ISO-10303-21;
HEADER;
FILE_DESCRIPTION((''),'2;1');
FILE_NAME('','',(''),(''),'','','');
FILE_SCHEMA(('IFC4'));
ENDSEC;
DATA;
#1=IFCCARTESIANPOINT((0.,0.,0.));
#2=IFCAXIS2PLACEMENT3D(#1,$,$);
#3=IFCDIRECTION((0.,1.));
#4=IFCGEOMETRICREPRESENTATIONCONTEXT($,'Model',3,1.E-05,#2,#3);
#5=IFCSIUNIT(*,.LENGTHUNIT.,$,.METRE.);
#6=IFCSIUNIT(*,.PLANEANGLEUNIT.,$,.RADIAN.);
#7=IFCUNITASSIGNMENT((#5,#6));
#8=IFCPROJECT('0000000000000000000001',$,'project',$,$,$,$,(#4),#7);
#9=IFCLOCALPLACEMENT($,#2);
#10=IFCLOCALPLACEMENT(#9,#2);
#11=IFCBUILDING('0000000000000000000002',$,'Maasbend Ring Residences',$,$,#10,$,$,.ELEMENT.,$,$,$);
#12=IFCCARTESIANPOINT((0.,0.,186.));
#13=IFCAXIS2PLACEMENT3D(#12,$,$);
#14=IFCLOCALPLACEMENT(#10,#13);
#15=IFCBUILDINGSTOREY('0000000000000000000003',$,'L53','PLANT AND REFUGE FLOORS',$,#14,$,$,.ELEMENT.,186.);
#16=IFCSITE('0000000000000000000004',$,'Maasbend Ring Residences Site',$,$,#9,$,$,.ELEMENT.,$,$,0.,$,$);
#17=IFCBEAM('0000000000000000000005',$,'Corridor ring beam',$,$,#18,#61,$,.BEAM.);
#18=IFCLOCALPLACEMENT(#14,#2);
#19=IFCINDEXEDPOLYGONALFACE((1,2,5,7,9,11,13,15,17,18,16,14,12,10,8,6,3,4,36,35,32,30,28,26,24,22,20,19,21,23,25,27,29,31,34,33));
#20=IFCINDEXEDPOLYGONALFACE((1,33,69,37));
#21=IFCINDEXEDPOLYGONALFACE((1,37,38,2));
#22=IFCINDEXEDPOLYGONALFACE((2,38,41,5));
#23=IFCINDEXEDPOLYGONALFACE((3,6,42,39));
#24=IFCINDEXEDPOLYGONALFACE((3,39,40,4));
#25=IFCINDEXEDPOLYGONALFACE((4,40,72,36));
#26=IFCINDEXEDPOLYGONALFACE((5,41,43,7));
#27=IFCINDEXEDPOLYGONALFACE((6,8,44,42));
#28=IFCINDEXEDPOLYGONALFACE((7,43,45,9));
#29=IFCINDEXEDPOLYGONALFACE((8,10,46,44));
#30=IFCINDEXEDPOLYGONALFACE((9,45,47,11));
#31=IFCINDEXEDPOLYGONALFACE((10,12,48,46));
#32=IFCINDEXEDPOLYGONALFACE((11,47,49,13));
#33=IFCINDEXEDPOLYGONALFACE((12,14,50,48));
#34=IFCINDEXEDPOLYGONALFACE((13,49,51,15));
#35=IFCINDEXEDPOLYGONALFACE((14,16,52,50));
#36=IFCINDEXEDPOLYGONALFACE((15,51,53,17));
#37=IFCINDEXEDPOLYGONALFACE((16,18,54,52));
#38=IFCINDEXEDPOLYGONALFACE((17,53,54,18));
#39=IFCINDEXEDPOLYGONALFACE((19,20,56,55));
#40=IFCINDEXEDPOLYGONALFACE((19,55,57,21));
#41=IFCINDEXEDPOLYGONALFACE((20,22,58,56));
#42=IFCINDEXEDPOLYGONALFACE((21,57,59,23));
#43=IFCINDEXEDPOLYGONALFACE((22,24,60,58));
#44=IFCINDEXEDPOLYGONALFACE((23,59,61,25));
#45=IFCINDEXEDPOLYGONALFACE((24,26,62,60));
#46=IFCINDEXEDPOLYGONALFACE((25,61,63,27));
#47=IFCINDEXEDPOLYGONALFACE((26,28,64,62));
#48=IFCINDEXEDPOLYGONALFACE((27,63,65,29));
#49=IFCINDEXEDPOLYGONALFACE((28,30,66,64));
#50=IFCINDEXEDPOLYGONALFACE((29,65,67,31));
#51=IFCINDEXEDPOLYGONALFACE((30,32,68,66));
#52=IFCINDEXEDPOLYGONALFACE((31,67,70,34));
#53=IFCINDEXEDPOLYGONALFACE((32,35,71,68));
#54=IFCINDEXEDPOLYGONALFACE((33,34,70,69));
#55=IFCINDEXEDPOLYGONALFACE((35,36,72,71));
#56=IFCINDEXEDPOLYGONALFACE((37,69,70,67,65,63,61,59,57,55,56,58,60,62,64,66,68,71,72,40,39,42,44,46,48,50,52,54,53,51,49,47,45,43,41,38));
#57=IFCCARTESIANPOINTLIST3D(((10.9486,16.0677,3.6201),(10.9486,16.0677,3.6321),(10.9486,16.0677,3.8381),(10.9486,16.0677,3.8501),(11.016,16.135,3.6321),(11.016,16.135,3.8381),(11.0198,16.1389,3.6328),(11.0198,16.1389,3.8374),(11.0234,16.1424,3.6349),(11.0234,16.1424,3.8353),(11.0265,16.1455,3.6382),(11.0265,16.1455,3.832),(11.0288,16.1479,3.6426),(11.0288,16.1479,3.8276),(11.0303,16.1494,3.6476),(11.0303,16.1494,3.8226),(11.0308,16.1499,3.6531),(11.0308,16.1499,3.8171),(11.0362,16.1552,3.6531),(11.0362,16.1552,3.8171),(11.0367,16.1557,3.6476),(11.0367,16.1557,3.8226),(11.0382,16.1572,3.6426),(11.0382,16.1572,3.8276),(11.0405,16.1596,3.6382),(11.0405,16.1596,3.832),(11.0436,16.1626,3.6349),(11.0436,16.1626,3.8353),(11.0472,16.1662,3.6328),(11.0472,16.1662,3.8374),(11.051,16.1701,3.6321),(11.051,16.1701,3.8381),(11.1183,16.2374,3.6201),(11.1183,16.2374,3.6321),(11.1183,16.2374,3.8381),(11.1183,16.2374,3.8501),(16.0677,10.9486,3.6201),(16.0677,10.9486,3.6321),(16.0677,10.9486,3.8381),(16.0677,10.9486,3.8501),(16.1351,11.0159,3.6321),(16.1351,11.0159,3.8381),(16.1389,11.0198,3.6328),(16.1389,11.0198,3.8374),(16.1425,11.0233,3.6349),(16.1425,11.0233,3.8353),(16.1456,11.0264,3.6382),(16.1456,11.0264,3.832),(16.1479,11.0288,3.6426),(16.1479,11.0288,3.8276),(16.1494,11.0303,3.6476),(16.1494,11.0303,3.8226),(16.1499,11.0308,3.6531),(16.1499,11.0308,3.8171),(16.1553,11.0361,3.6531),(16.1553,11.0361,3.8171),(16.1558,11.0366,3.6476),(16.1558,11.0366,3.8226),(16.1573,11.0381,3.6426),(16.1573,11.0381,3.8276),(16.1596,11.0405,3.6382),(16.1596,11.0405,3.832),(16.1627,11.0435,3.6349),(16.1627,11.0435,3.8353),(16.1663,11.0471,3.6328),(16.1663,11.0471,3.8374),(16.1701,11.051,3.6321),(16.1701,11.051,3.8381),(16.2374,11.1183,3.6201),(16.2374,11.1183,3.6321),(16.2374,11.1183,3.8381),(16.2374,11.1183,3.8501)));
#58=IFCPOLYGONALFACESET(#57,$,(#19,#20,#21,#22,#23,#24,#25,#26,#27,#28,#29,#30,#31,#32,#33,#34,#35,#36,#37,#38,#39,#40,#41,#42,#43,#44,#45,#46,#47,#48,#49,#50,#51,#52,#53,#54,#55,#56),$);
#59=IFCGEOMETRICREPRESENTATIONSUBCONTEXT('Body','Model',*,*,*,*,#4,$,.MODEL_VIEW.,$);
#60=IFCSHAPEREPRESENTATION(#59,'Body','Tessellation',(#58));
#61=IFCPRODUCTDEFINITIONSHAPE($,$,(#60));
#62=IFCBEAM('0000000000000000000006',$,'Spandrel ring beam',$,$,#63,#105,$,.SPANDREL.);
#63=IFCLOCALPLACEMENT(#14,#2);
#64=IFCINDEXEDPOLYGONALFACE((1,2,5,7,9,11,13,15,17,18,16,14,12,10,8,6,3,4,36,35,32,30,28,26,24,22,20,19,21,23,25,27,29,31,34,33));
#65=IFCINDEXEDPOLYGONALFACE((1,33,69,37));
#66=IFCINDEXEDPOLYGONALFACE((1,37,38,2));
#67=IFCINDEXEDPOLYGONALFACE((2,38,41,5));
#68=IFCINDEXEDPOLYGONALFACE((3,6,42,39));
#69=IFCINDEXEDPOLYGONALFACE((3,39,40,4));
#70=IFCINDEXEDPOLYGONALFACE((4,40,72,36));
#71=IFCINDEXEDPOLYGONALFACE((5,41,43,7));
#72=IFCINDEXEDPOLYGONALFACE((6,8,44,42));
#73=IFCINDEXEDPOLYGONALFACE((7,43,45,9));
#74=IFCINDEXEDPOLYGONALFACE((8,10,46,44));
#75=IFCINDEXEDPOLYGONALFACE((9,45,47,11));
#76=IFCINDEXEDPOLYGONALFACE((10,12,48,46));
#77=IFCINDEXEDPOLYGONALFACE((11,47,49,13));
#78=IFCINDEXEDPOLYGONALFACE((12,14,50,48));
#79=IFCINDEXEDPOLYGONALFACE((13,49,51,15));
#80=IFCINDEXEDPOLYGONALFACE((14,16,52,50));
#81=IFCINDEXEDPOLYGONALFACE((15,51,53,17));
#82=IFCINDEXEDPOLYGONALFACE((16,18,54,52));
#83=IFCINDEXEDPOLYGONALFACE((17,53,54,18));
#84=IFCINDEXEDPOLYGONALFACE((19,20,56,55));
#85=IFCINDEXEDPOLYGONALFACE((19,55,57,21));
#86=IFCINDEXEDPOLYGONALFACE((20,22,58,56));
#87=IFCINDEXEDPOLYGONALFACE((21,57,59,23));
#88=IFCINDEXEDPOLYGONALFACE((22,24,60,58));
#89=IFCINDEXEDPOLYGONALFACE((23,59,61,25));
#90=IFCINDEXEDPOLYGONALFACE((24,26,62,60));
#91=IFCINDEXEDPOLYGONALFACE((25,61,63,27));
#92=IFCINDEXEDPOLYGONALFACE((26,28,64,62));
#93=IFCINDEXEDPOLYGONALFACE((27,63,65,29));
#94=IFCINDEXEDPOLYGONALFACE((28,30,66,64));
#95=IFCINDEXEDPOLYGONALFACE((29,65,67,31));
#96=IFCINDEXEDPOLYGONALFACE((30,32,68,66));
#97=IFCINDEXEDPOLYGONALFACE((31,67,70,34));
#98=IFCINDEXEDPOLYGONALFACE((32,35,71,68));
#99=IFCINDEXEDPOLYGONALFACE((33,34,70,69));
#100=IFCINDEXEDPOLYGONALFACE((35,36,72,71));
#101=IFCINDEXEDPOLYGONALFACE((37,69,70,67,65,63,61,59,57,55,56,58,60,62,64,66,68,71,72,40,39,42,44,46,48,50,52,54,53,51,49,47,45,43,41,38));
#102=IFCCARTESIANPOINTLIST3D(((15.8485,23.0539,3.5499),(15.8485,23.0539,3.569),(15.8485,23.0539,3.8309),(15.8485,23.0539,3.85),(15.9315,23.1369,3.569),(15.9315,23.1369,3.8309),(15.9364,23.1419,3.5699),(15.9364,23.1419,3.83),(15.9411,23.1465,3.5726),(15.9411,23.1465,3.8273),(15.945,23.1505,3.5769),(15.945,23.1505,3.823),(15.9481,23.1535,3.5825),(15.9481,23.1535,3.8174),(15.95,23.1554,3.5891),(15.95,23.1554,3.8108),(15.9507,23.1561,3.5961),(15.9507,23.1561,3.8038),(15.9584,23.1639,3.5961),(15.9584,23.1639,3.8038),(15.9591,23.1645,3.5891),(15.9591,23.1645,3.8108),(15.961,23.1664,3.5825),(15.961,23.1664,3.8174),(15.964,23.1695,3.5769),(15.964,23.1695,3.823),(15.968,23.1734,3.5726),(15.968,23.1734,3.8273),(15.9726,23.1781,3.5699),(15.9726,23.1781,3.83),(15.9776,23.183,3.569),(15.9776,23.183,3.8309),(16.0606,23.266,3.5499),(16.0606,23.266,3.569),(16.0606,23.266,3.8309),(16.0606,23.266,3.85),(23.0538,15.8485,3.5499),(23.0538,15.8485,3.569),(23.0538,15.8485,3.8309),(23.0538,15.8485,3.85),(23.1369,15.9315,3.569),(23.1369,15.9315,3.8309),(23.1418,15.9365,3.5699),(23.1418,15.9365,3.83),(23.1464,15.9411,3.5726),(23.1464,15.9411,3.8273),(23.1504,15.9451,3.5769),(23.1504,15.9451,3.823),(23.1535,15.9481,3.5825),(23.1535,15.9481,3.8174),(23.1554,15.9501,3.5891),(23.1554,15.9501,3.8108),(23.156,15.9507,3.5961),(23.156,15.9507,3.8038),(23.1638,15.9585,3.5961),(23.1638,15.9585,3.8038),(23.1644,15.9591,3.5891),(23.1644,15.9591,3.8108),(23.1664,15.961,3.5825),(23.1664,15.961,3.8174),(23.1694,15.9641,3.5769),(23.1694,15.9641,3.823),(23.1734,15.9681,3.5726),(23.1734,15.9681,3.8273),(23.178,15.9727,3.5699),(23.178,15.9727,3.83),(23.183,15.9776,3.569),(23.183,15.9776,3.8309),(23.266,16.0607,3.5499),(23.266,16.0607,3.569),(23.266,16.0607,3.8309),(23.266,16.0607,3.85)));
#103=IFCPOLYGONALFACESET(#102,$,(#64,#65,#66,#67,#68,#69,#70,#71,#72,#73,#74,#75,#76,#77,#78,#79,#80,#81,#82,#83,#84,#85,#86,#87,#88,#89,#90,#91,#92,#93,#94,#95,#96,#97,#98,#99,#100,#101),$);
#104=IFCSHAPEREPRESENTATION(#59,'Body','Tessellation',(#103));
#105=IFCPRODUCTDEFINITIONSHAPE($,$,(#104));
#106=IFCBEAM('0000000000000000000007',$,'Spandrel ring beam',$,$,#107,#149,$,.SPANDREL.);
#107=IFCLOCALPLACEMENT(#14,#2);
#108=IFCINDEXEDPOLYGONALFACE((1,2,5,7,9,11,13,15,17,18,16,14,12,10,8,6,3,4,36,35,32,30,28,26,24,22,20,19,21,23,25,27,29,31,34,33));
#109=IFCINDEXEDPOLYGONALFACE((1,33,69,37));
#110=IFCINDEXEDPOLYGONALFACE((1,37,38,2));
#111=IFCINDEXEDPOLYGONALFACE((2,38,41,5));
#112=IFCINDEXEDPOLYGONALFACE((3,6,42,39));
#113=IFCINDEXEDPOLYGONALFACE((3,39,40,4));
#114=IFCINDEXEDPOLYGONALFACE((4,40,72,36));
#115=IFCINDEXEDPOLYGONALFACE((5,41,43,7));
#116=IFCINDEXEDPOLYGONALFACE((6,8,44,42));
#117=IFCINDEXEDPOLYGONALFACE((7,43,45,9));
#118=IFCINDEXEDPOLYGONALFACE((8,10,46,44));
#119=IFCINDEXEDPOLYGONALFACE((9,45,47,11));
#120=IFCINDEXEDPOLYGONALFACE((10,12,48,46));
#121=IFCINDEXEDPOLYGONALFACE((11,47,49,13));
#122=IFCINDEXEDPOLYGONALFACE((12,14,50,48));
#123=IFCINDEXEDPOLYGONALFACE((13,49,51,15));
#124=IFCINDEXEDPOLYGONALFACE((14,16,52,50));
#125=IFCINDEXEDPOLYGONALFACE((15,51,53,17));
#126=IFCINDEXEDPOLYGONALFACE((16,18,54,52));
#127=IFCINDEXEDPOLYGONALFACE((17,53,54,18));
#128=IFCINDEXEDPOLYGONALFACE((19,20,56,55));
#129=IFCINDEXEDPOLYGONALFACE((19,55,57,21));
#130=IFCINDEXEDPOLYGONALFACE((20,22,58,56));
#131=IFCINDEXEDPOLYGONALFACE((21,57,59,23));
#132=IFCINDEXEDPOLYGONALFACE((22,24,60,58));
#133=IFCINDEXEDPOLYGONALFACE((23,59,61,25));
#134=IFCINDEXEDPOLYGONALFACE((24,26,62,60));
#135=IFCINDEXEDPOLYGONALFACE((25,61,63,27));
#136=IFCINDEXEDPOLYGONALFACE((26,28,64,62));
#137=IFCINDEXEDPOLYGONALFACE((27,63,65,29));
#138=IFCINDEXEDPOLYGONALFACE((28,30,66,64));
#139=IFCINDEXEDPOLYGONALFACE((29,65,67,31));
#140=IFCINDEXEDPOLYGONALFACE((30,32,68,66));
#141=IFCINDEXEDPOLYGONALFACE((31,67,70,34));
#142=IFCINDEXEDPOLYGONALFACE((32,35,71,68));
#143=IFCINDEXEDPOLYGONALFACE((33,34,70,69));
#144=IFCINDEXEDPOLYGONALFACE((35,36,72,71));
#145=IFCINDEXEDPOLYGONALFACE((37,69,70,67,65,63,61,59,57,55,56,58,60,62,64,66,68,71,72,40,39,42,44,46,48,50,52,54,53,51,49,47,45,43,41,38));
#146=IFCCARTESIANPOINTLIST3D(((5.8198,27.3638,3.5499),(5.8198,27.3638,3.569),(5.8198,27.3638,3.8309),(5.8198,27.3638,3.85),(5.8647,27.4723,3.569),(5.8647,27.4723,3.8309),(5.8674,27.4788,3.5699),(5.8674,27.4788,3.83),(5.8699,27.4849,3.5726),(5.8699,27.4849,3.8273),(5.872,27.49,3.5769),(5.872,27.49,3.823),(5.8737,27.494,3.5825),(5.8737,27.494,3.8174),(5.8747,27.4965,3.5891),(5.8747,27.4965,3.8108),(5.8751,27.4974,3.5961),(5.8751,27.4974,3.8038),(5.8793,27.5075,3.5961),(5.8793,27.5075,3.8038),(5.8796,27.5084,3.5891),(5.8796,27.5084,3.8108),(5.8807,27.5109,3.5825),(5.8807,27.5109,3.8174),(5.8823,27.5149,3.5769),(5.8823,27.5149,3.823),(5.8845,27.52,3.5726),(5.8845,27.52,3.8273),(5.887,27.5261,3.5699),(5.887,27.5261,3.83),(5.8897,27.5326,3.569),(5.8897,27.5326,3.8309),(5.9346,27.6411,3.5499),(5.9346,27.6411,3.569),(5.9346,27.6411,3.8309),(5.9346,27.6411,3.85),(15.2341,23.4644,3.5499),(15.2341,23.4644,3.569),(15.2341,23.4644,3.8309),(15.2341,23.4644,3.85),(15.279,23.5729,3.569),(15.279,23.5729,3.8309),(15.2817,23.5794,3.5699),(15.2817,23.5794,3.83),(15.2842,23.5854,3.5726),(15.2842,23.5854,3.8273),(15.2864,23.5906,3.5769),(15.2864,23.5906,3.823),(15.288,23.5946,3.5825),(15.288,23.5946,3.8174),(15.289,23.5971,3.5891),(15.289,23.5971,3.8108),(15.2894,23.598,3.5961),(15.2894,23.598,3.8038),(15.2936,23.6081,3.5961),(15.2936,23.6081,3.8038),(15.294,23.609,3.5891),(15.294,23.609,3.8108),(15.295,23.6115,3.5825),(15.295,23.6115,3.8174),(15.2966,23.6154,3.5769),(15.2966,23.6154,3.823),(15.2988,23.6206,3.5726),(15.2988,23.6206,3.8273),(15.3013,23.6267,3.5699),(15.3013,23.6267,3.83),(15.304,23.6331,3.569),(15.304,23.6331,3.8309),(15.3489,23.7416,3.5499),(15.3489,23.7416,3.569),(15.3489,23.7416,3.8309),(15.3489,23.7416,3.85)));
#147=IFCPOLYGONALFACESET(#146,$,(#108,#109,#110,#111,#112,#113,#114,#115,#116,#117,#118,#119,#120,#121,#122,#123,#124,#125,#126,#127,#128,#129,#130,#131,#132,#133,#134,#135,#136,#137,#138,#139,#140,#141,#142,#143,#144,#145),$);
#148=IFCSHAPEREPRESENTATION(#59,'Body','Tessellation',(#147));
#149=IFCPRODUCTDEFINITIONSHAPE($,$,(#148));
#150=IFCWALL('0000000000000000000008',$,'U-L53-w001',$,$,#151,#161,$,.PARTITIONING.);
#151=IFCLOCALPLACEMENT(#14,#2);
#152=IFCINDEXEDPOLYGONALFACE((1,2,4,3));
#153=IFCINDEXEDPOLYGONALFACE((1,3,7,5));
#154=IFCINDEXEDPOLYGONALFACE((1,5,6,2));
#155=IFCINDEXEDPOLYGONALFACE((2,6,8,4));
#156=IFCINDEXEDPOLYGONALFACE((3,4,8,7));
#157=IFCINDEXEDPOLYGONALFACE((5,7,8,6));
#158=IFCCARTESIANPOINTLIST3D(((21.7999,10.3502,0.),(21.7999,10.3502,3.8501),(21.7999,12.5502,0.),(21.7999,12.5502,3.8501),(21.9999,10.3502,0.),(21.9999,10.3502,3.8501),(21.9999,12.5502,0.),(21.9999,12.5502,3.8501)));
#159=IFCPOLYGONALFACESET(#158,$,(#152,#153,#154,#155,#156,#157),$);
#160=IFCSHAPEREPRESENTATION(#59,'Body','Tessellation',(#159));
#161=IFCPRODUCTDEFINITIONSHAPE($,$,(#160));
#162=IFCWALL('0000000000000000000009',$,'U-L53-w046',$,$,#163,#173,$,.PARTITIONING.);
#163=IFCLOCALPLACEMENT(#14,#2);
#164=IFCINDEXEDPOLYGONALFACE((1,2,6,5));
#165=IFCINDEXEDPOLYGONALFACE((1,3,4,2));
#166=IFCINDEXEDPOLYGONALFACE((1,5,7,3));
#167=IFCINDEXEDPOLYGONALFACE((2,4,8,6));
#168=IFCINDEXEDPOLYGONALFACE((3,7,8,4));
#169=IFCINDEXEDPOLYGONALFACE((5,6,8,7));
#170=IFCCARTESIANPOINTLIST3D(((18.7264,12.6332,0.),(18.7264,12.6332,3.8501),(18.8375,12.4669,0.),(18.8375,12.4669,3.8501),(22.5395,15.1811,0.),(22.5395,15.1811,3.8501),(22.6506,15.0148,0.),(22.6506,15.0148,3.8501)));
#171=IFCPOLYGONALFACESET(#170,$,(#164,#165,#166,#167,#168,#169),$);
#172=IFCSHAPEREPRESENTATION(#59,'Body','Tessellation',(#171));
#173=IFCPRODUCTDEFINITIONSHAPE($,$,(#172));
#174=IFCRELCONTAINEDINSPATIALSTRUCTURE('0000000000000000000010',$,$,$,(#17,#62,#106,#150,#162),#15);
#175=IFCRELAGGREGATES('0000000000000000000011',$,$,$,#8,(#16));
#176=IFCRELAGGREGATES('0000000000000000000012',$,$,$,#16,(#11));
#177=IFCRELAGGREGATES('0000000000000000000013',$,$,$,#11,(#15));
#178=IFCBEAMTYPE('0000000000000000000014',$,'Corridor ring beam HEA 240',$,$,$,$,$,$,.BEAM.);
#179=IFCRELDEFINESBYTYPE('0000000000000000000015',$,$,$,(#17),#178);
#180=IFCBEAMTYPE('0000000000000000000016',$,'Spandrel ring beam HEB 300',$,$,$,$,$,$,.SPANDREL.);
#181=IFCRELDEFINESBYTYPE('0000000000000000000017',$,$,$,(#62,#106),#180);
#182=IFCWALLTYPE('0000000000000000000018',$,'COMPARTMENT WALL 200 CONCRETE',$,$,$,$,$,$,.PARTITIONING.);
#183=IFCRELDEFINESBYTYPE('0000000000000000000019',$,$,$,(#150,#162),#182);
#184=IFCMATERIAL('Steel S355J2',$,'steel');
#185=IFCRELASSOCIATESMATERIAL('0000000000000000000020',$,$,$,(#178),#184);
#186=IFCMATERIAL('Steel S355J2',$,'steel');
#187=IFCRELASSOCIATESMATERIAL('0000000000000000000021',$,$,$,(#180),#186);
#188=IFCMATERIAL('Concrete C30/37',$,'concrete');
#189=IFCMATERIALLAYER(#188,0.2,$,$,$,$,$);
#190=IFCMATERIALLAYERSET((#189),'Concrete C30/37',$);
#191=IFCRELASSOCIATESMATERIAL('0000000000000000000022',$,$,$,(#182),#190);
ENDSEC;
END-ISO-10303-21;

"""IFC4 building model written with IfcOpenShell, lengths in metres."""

from ifc_helpers import new_model, si_unit, direction, frame, frame_2d, origin, origin_2d, place, context, subcontext, project, spatial, rectangle, i_section, extrude, material, layer, layer_set, material_profile, profile_set, type_object, element, save


model = new_model("IFC4")

# Units and contexts
model_context = context("Model", 3, precision=1e-05, world=origin(), true_north=direction((0.0, 1.0)))
body_context = subcontext(model_context, "Body", "Model", "MODEL_VIEW")
ifc_project = project(units=[si_unit("LENGTHUNIT", "METRE"), si_unit("PLANEANGLEUNIT", "RADIAN")], contexts=[model_context])

# Site, building, storey
site_placement = place(None, origin())
site = spatial("IfcSite", under=ifc_project, at=site_placement, Name="Maasbend Ring Residences Site", CompositionType="ELEMENT", RefElevation=0.0)
building_placement = place(site_placement, origin())
building = spatial("IfcBuilding", under=site, at=building_placement, Name="Maasbend Ring Residences", CompositionType="ELEMENT")
storey_placement = place(building_placement, frame((0.0, 0.0, 186.0)))
storey = spatial("IfcBuildingStorey", under=building, at=storey_placement, Name="L53", Description="PLANT AND REFUGE FLOORS", CompositionType="ELEMENT", Elevation=186.0)

# Beams
ifc_material_1 = material(Name="Steel S355J2", Category="steel")
ifc_material_profile_1 = material_profile(ifc_material_1, i_section(OverallWidth=0.24, OverallDepth=0.23, WebThickness=0.0076, FlangeThickness=0.012, FilletRadius=0.021, at=origin_2d()), Name="HEA 240")
ifc_profile_set_1 = profile_set([ifc_material_profile_1], Name="Steel S355J2")
beam_type_1 = type_object("IfcBeamType", Name="Corridor ring beam HEA 240", PredefinedType="BEAM", material=ifc_profile_set_1)
beam_placement = place(storey_placement, frame((16.1526, 11.0334, 3.7351), z_axis=(-0.707107, 0.707107, 0.0), x_axis=(-0.707107, -0.707107, 0.0)))
element("IfcBeam", 1, at=beam_placement, inside=storey, type_object=beam_type_1, Name="Corridor ring beam", PredefinedType="BEAM", context=body_context, shape_type="SweptSolid", body=[
    extrude(i_section(OverallWidth=0.24, OverallDepth=0.23, WebThickness=0.0076, FlangeThickness=0.012, FilletRadius=0.021, at=origin_2d()), origin(), (0.0, 0.0, 1.0), 7.2395),
])
ifc_material_2 = material(Name="Steel S355J2", Category="steel")
ifc_material_profile_2 = material_profile(ifc_material_2, i_section(OverallWidth=0.3, OverallDepth=0.3, WebThickness=0.011, FlangeThickness=0.019, FilletRadius=0.0271, at=origin_2d()), Name="HEB 300")
ifc_profile_set_2 = profile_set([ifc_material_profile_2], Name="Steel S355J2")
beam_type_2 = type_object("IfcBeamType", Name="Spandrel ring beam HEB 300", PredefinedType="SPANDREL", material=ifc_profile_set_2)
for number, where, z_axis, x_axis, name in (
    (2, (23.1599, 15.9546, 3.7), (-0.707107, 0.707107, 0.0), (-0.707107, -0.707107, 0.0), "Spandrel ring beam"),
    (3, (15.2915, 23.603, 3.7), (-0.923884, 0.382673, 0.0), (-0.382673, -0.923884, 0.0), "Spandrel ring beam"),
):
    element("IfcBeam", number, at=place(storey_placement, frame(where, z_axis=z_axis, x_axis=x_axis)), inside=storey, type_object=beam_type_2, Name=name, PredefinedType="SPANDREL", context=body_context, shape_type="SweptSolid", body=[
        extrude(i_section(OverallWidth=0.3, OverallDepth=0.3, WebThickness=0.011, FlangeThickness=0.019, FilletRadius=0.0271, at=origin_2d()), origin(), (0.0, 0.0, 1.0), 10.1899),
    ])

# Walls
ifc_material_3 = material(Name="Concrete C30/37", Category="concrete")
ifc_layer_1 = layer(ifc_material_3, 0.2)
ifc_layer_set_1 = layer_set([ifc_layer_1], Name="Concrete C30/37")
wall_type_1 = type_object("IfcWallType", Name="COMPARTMENT WALL 200 CONCRETE", PredefinedType="PARTITIONING", material=ifc_layer_set_1)
wall_1_placement = place(storey_placement, frame((21.8999, 10.3501, 0.0), z_axis=(0.0, 0.0, 1.0), x_axis=(0.0, 1.0, 0.0)))
element("IfcWall", 4, at=wall_1_placement, inside=storey, type_object=wall_type_1, Name="U-L53-w001", PredefinedType="PARTITIONING", context=body_context, shape_type="SweptSolid", body=[
    extrude(rectangle(XDim=2.2, YDim=0.2, at=frame_2d((1.1001, 0.0))), origin(), (0.0, 0.0, 1.0), 3.8501),
])
wall_2_placement = place(storey_placement, frame((18.782, 12.55, 0.0), z_axis=(0.0, 0.0, 1.0), x_axis=(0.83146, 0.555584, 0.0)))
element("IfcWall", 5, at=wall_2_placement, inside=storey, type_object=wall_type_1, Name="U-L53-w046", PredefinedType="PARTITIONING", context=body_context, shape_type="SweptSolid", body=[
    extrude(rectangle(XDim=4.5859, YDim=0.2, at=frame_2d((2.293, 0.0))), origin(), (0.0, 0.0, 1.0), 3.8501),
])

save(model, "model.ifc")
